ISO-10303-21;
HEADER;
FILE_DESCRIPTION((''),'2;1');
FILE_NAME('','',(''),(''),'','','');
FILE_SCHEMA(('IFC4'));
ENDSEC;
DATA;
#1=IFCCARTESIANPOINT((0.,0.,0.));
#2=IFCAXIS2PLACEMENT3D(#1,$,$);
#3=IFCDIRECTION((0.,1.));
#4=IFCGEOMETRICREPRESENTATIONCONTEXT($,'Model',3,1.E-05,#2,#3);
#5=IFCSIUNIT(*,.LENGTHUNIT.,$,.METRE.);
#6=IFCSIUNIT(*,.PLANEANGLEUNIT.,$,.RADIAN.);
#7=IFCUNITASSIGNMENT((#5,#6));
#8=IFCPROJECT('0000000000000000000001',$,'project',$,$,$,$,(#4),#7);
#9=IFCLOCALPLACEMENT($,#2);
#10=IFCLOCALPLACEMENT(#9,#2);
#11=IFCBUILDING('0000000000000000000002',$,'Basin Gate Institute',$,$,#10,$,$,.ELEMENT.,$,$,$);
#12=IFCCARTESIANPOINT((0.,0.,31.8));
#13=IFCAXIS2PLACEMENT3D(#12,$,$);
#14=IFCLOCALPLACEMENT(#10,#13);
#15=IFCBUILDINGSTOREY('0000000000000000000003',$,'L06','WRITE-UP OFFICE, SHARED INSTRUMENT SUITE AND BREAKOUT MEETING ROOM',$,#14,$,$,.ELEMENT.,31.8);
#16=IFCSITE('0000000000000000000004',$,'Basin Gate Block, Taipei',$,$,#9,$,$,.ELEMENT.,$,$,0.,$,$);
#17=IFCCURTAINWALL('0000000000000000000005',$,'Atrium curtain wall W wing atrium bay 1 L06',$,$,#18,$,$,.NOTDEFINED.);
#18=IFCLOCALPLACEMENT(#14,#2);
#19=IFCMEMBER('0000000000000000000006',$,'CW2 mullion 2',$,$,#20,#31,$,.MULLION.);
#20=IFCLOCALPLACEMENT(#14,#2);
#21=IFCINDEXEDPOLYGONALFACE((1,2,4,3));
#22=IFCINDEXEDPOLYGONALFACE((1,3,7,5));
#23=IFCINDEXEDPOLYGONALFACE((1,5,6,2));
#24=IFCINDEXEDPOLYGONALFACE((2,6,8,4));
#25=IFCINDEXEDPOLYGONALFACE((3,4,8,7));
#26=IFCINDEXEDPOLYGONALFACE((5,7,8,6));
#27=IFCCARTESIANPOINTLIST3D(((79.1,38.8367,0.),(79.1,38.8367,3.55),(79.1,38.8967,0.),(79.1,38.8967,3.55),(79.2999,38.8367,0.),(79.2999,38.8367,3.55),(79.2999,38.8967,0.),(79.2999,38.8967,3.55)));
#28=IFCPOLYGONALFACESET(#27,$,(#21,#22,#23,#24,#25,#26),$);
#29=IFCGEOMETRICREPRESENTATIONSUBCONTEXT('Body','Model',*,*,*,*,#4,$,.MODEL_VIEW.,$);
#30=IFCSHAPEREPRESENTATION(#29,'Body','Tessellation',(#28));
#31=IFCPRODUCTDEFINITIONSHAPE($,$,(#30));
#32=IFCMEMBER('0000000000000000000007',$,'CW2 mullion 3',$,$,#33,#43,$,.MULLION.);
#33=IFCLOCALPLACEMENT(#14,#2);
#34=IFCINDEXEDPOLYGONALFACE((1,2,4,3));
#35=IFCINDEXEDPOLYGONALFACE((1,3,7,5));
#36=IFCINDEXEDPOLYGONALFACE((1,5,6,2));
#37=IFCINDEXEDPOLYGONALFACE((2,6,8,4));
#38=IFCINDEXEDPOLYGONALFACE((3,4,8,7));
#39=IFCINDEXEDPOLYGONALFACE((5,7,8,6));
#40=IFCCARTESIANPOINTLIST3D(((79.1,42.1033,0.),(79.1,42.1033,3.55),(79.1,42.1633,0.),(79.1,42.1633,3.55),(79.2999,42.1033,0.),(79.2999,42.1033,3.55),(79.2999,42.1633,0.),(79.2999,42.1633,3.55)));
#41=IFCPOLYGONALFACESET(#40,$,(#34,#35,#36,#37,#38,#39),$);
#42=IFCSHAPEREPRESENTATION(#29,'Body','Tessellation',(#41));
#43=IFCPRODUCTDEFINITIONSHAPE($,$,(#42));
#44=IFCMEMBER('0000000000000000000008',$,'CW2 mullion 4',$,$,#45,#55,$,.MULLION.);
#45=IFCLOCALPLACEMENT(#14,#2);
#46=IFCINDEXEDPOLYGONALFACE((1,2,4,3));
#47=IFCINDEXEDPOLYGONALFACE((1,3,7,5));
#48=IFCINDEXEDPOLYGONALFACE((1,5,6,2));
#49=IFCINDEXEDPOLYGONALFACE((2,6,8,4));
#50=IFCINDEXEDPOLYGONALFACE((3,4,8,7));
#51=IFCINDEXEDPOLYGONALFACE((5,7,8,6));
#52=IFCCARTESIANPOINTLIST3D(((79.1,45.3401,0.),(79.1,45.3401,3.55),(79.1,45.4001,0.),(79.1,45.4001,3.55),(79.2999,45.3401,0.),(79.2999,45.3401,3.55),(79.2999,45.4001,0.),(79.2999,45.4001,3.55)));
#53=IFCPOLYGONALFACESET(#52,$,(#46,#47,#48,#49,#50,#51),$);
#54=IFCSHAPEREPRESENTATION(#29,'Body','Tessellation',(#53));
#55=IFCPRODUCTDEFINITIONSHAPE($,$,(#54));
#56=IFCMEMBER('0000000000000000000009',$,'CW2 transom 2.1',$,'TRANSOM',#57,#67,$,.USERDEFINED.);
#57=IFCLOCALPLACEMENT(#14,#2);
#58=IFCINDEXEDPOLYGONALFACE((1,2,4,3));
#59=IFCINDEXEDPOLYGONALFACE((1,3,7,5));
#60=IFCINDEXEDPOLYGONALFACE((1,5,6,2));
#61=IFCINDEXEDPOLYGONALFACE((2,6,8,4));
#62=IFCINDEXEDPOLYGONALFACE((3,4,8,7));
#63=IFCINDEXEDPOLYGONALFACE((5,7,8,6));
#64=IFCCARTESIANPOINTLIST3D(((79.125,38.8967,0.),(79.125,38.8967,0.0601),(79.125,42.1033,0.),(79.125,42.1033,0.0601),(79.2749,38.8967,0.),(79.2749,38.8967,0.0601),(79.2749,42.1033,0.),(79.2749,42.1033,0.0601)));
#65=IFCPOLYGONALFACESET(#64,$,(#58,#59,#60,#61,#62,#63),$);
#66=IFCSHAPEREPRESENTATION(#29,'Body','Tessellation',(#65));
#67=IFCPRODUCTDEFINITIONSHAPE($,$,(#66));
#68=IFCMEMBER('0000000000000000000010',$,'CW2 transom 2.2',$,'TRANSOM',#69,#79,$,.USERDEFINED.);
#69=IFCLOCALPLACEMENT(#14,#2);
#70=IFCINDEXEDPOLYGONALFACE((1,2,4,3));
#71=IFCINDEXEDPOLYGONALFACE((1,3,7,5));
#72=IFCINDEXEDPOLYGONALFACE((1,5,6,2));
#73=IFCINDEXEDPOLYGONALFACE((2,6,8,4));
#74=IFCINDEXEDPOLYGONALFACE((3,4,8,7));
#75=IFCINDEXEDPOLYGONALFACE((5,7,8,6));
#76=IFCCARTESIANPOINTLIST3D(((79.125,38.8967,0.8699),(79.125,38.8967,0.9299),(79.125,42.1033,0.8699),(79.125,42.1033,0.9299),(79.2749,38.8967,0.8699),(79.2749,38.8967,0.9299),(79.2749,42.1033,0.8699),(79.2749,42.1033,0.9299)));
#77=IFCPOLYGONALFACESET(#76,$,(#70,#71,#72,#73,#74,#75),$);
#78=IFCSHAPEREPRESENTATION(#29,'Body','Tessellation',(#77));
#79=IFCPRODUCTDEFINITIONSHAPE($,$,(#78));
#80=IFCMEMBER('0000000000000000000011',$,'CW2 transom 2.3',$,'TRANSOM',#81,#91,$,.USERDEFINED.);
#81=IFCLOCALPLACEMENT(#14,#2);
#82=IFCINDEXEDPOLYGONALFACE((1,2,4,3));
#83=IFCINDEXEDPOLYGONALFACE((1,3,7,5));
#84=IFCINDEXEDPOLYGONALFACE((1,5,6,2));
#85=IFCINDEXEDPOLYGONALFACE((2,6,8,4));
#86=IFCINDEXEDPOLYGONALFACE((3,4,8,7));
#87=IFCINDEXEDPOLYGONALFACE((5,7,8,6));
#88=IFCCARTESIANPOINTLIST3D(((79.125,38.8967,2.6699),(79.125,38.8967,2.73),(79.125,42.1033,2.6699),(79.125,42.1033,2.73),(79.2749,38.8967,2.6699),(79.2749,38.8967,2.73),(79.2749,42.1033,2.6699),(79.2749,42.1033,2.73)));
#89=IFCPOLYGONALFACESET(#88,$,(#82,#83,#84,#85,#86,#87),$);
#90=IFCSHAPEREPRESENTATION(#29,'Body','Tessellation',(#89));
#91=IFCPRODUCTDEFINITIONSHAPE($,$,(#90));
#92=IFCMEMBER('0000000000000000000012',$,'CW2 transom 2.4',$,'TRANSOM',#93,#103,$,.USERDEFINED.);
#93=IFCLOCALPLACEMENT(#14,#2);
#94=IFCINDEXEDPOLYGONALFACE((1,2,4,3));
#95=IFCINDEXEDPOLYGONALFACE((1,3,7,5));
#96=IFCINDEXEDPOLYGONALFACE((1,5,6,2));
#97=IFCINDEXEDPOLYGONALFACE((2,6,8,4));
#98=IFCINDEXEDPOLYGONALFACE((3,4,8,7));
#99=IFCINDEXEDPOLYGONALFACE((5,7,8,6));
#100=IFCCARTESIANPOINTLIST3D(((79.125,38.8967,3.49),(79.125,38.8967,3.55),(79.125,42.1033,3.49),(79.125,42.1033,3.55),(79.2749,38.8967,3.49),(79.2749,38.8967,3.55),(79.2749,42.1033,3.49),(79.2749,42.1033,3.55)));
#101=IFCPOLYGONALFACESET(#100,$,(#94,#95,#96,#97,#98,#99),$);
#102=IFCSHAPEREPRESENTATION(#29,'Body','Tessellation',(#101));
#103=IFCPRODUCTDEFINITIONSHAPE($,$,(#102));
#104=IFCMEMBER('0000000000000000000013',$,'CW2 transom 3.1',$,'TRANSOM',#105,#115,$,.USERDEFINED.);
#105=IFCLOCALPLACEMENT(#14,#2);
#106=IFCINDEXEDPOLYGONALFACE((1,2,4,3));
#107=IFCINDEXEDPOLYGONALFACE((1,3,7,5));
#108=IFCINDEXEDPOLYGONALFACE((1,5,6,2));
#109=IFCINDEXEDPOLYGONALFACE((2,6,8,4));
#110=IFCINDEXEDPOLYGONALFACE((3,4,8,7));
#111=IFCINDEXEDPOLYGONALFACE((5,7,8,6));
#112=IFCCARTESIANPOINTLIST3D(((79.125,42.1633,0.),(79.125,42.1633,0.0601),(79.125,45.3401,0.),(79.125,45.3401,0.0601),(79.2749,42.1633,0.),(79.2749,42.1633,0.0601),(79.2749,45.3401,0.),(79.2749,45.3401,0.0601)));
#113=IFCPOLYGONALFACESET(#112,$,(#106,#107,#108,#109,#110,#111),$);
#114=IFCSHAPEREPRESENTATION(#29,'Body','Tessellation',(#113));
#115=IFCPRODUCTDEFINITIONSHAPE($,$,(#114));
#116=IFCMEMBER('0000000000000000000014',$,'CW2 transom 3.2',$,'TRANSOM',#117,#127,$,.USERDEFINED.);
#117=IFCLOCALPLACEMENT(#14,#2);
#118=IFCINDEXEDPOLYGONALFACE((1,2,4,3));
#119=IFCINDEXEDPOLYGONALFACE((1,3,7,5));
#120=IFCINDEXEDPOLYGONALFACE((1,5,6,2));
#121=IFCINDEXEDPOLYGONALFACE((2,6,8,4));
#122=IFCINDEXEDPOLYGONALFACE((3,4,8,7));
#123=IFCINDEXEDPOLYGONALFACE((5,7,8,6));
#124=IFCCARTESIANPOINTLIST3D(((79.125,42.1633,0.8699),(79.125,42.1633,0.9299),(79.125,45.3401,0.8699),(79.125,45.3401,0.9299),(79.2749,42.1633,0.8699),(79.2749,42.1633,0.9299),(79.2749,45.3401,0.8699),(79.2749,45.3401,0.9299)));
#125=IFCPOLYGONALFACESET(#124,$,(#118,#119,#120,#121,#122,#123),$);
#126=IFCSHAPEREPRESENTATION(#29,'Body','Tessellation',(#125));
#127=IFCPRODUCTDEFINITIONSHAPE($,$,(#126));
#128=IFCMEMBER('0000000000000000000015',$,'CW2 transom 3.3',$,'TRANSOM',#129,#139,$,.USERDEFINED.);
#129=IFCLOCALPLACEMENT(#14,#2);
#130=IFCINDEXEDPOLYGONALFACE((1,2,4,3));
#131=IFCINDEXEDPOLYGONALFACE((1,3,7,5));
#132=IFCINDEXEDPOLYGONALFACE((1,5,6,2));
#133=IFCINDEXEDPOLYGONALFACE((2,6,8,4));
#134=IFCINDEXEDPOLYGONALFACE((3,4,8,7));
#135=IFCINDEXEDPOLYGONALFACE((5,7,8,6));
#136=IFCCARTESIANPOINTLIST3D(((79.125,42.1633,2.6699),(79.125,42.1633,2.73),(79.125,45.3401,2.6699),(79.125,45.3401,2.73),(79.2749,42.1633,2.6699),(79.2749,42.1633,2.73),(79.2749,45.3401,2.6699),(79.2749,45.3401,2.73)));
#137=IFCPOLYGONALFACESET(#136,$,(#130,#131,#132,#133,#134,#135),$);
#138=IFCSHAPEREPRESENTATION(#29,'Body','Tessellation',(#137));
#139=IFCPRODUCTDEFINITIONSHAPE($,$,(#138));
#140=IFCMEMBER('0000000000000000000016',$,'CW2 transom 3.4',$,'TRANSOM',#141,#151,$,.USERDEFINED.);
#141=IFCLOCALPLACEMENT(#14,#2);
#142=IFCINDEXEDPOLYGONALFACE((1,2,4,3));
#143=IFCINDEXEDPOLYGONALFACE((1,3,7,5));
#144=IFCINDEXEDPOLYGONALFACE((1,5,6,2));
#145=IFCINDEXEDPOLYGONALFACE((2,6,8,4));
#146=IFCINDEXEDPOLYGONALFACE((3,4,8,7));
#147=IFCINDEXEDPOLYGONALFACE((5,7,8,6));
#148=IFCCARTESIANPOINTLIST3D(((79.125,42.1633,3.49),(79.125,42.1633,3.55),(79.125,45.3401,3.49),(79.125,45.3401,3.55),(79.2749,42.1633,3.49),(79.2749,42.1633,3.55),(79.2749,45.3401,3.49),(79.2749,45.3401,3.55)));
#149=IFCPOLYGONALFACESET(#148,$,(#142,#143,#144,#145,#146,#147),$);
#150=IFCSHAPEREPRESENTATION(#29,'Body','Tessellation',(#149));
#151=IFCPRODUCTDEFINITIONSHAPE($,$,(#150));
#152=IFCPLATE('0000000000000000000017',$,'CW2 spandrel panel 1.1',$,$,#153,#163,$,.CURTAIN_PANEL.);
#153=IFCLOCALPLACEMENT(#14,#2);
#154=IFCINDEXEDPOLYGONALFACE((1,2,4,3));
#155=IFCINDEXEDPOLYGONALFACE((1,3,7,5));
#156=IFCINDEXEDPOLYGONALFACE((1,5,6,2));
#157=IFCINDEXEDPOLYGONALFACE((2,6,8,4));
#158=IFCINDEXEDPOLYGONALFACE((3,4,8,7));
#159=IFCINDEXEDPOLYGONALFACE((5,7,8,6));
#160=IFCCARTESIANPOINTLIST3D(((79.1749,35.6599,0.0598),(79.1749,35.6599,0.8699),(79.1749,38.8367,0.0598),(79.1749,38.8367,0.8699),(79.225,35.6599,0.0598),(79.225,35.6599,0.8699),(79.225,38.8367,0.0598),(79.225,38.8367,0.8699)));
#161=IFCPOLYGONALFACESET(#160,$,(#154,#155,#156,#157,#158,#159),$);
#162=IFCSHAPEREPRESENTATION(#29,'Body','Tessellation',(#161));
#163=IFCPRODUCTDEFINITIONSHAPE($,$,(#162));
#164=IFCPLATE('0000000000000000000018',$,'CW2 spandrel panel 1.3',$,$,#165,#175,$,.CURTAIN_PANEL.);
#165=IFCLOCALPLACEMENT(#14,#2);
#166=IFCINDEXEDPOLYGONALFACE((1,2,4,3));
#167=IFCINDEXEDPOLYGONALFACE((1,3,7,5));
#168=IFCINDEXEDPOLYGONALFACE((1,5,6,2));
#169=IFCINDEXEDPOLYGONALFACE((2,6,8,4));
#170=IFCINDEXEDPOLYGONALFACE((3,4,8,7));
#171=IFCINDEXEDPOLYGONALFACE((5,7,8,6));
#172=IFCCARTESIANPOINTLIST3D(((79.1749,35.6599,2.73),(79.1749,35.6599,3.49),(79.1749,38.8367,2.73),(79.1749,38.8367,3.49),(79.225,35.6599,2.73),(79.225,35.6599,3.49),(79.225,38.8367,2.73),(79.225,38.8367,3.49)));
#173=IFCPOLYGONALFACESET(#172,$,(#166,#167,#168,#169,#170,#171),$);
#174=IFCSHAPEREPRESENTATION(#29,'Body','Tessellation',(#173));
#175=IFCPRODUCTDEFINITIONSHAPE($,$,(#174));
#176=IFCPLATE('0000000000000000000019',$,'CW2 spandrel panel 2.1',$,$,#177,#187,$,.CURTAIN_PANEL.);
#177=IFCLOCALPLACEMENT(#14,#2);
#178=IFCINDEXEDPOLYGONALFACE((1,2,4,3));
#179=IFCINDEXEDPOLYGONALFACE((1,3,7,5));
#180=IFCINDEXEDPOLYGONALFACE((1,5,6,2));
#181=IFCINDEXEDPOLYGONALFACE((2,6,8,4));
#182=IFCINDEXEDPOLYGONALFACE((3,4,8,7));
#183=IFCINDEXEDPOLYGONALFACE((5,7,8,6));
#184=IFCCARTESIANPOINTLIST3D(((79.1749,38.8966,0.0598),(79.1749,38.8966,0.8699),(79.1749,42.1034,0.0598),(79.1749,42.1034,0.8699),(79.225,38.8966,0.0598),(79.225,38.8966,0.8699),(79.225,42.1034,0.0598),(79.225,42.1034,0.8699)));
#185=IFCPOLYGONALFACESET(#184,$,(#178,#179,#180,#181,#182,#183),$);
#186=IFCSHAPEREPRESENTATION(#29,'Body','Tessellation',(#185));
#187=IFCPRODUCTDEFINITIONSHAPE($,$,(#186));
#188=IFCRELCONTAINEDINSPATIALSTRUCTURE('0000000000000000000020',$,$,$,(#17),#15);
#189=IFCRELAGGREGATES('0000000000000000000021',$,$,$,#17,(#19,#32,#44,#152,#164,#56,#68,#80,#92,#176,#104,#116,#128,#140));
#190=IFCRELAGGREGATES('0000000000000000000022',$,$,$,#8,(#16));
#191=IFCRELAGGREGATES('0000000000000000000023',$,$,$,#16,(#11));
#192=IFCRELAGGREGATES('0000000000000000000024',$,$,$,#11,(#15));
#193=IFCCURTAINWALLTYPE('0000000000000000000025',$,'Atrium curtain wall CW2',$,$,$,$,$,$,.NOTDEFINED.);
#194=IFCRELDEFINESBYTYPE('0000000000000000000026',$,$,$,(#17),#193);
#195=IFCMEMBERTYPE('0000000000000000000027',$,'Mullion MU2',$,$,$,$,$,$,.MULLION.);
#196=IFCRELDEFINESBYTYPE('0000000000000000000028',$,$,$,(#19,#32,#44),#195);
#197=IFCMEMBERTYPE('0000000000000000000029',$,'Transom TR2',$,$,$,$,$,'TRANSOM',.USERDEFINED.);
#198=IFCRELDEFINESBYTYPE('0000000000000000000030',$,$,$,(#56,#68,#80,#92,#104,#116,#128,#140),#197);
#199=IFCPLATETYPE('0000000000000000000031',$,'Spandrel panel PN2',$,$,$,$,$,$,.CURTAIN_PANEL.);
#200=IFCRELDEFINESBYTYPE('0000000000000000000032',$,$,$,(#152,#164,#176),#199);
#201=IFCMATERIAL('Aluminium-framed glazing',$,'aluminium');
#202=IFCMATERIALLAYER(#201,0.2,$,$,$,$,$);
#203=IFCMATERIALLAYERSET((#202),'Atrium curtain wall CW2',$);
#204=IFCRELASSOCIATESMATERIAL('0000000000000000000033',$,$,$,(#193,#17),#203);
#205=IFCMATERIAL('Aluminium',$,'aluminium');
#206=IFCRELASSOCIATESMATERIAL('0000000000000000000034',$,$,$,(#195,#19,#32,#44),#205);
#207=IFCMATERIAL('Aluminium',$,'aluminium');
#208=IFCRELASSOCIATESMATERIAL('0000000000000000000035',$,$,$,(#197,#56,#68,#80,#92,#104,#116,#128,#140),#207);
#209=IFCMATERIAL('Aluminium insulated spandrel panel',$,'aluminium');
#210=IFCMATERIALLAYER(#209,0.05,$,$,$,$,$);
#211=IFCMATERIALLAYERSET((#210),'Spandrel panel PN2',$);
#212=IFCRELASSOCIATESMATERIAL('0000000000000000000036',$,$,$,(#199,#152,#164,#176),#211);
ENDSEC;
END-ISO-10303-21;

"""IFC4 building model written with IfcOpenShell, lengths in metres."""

from ifc_helpers import new_model, si_unit, direction, frame, origin, origin_2d, place, context, subcontext, project, spatial, rectangle, extrude, material, layer, layer_set, material_profile, profile_set, type_object, element, aggregate, save


model = new_model("IFC4")

# Units and contexts
model_context = context("Model", 3, precision=1e-05, world=origin(), true_north=direction((0.0, 1.0)))
body_context = subcontext(model_context, "Body", "Model", "MODEL_VIEW")
ifc_project = project(units=[si_unit("LENGTHUNIT", "METRE"), si_unit("PLANEANGLEUNIT", "RADIAN")], contexts=[model_context])

# Site, building, storey
site_placement = place(None, origin())
site = spatial("IfcSite", under=ifc_project, at=site_placement, Name="Basin Gate Block, Taipei", CompositionType="ELEMENT", RefElevation=0.0)
building_placement = place(site_placement, origin())
building = spatial("IfcBuilding", under=site, at=building_placement, Name="Basin Gate Institute", CompositionType="ELEMENT")
storey_placement = place(building_placement, frame((0.0, 0.0, 31.8)))
storey = spatial("IfcBuildingStorey", under=building, at=storey_placement, Name="L06", Description="WRITE-UP OFFICE, SHARED INSTRUMENT SUITE AND BREAKOUT MEETING ROOM", CompositionType="ELEMENT", Elevation=31.8)

# Curtain wall, members, plates
ifc_material_1 = material(Name="Aluminium-framed glazing", Category="aluminium")
ifc_layer_1 = layer(ifc_material_1, 0.2)
ifc_layer_set_1 = layer_set([ifc_layer_1], Name="Atrium curtain wall CW2")
curtain_wall_type = type_object("IfcCurtainWallType", Name="Atrium curtain wall CW2", PredefinedType="NOTDEFINED", material=ifc_layer_set_1)
curtain_wall_placement = place(storey_placement, origin())
curtain_wall = element("IfcCurtainWall", 1, at=curtain_wall_placement, inside=storey, type_object=curtain_wall_type, material=ifc_layer_set_1, Name="Atrium curtain wall W wing atrium bay 1 L06", PredefinedType="NOTDEFINED")
ifc_material_2 = material(Name="Aluminium", Category="aluminium")
ifc_material_profile_1 = material_profile(ifc_material_2, rectangle(XDim=0.2, YDim=0.0601, at=origin_2d()), Name="Mullion MU2 200 x 60")
ifc_profile_set_1 = profile_set([ifc_material_profile_1], Name="Aluminium")
member_type_1 = type_object("IfcMemberType", Name="Mullion MU2", PredefinedType="MULLION", material=ifc_profile_set_1)
member_1_placement = place(storey_placement, frame((79.2, 38.8667, 0.0), z_axis=(0.0, 0.0, 1.0), x_axis=(-1.0, 0.0, 0.0)))
member_1 = element("IfcMember", 2, at=member_1_placement, type_object=member_type_1, material=ifc_profile_set_1, Name="CW2 mullion 2", PredefinedType="MULLION", context=body_context, shape_type="SweptSolid", body=[
    extrude(rectangle(XDim=0.2, YDim=0.0601, at=origin_2d()), origin(), (0.0, 0.0, 1.0), 3.55),
])
member_2_placement = place(storey_placement, frame((79.2, 42.1333, 0.0), z_axis=(0.0, 0.0, 1.0), x_axis=(-1.0, 0.0, 0.0)))
member_2 = element("IfcMember", 3, at=member_2_placement, type_object=member_type_1, material=ifc_profile_set_1, Name="CW2 mullion 3", PredefinedType="MULLION", context=body_context, shape_type="SweptSolid", body=[
    extrude(rectangle(XDim=0.2, YDim=0.0601, at=origin_2d()), origin(), (0.0, 0.0, 1.0), 3.55),
])
member_3_placement = place(storey_placement, frame((79.2, 45.3701, 0.0), z_axis=(0.0, 0.0, 1.0), x_axis=(-1.0, 0.0, 0.0)))
member_3 = element("IfcMember", 4, at=member_3_placement, type_object=member_type_1, material=ifc_profile_set_1, Name="CW2 mullion 4", PredefinedType="MULLION", context=body_context, shape_type="SweptSolid", body=[
    extrude(rectangle(XDim=0.2, YDim=0.0601, at=origin_2d()), origin(), (0.0, 0.0, 1.0), 3.55),
])
ifc_material_3 = material(Name="Aluminium", Category="aluminium")
ifc_material_profile_2 = material_profile(ifc_material_3, rectangle(XDim=0.1499, YDim=0.0601, at=origin_2d()), Name="Transom TR2 150 x 60")
ifc_profile_set_2 = profile_set([ifc_material_profile_2], Name="Aluminium")
member_type_2 = type_object("IfcMemberType", Name="Transom TR2", ElementType="TRANSOM", PredefinedType="USERDEFINED", material=ifc_profile_set_2)
member_4_placement = place(storey_placement, frame((79.2, 38.8967, 0.03), z_axis=(0.0, 1.0, 0.0), x_axis=(-1.0, 0.0, 0.0)))
member_4 = element("IfcMember", 5, at=member_4_placement, type_object=member_type_2, material=ifc_profile_set_2, Name="CW2 transom 2.1", ObjectType="TRANSOM", PredefinedType="USERDEFINED", context=body_context, shape_type="SweptSolid", body=[
    extrude(rectangle(XDim=0.1499, YDim=0.0601, at=origin_2d()), origin(), (0.0, 0.0, 1.0), 3.2065),
])
member_5_placement = place(storey_placement, frame((79.2, 38.8967, 0.8999), z_axis=(0.0, 1.0, 0.0), x_axis=(-1.0, 0.0, 0.0)))
member_5 = element("IfcMember", 6, at=member_5_placement, type_object=member_type_2, material=ifc_profile_set_2, Name="CW2 transom 2.2", ObjectType="TRANSOM", PredefinedType="USERDEFINED", context=body_context, shape_type="SweptSolid", body=[
    extrude(rectangle(XDim=0.1499, YDim=0.0601, at=origin_2d()), origin(), (0.0, 0.0, 1.0), 3.2065),
])
member_6_placement = place(storey_placement, frame((79.2, 38.8967, 2.7), z_axis=(0.0, 1.0, 0.0), x_axis=(-1.0, 0.0, 0.0)))
member_6 = element("IfcMember", 7, at=member_6_placement, type_object=member_type_2, material=ifc_profile_set_2, Name="CW2 transom 2.3", ObjectType="TRANSOM", PredefinedType="USERDEFINED", context=body_context, shape_type="SweptSolid", body=[
    extrude(rectangle(XDim=0.1499, YDim=0.0601, at=origin_2d()), origin(), (0.0, 0.0, 1.0), 3.2065),
])
member_7_placement = place(storey_placement, frame((79.2, 38.8967, 3.52), z_axis=(0.0, 1.0, 0.0), x_axis=(-1.0, 0.0, 0.0)))
member_7 = element("IfcMember", 8, at=member_7_placement, type_object=member_type_2, material=ifc_profile_set_2, Name="CW2 transom 2.4", ObjectType="TRANSOM", PredefinedType="USERDEFINED", context=body_context, shape_type="SweptSolid", body=[
    extrude(rectangle(XDim=0.1499, YDim=0.0601, at=origin_2d()), origin(), (0.0, 0.0, 1.0), 3.2065),
])
member_8_placement = place(storey_placement, frame((79.2, 42.1633, 0.03), z_axis=(0.0, 1.0, 0.0), x_axis=(-1.0, 0.0, 0.0)))
member_8 = element("IfcMember", 9, at=member_8_placement, type_object=member_type_2, material=ifc_profile_set_2, Name="CW2 transom 3.1", ObjectType="TRANSOM", PredefinedType="USERDEFINED", context=body_context, shape_type="SweptSolid", body=[
    extrude(rectangle(XDim=0.1499, YDim=0.0601, at=origin_2d()), origin(), (0.0, 0.0, 1.0), 3.1768),
])
member_9_placement = place(storey_placement, frame((79.2, 42.1633, 0.8999), z_axis=(0.0, 1.0, 0.0), x_axis=(-1.0, 0.0, 0.0)))
member_9 = element("IfcMember", 10, at=member_9_placement, type_object=member_type_2, material=ifc_profile_set_2, Name="CW2 transom 3.2", ObjectType="TRANSOM", PredefinedType="USERDEFINED", context=body_context, shape_type="SweptSolid", body=[
    extrude(rectangle(XDim=0.1499, YDim=0.0601, at=origin_2d()), origin(), (0.0, 0.0, 1.0), 3.1768),
])
member_10_placement = place(storey_placement, frame((79.2, 42.1633, 2.7), z_axis=(0.0, 1.0, 0.0), x_axis=(-1.0, 0.0, 0.0)))
member_10 = element("IfcMember", 11, at=member_10_placement, type_object=member_type_2, material=ifc_profile_set_2, Name="CW2 transom 3.3", ObjectType="TRANSOM", PredefinedType="USERDEFINED", context=body_context, shape_type="SweptSolid", body=[
    extrude(rectangle(XDim=0.1499, YDim=0.0601, at=origin_2d()), origin(), (0.0, 0.0, 1.0), 3.1768),
])
member_11_placement = place(storey_placement, frame((79.2, 42.1633, 3.52), z_axis=(0.0, 1.0, 0.0), x_axis=(-1.0, 0.0, 0.0)))
member_11 = element("IfcMember", 12, at=member_11_placement, type_object=member_type_2, material=ifc_profile_set_2, Name="CW2 transom 3.4", ObjectType="TRANSOM", PredefinedType="USERDEFINED", context=body_context, shape_type="SweptSolid", body=[
    extrude(rectangle(XDim=0.1499, YDim=0.0601, at=origin_2d()), origin(), (0.0, 0.0, 1.0), 3.1768),
])
ifc_material_4 = material(Name="Aluminium insulated spandrel panel", Category="aluminium")
ifc_layer_2 = layer(ifc_material_4, 0.05)
ifc_layer_set_2 = layer_set([ifc_layer_2], Name="Spandrel panel PN2")
plate_type_1 = type_object("IfcPlateType", Name="Spandrel panel PN2", PredefinedType="CURTAIN_PANEL", material=ifc_layer_set_2)
plate_1_placement = place(storey_placement, frame((79.2, 37.2483, 0.0598), z_axis=(0.0, 0.0, 1.0), x_axis=(0.0, 1.0, 0.0)))
plate_1 = element("IfcPlate", 13, at=plate_1_placement, type_object=plate_type_1, material=ifc_layer_set_2, Name="CW2 spandrel panel 1.1", PredefinedType="CURTAIN_PANEL", context=body_context, shape_type="SweptSolid", body=[
    extrude(rectangle(XDim=3.1768, YDim=0.05, at=origin_2d()), origin(), (0.0, 0.0, 1.0), 0.8101),
])
plate_2_placement = place(storey_placement, frame((79.2, 37.2483, 2.73), z_axis=(0.0, 0.0, 1.0), x_axis=(0.0, 1.0, 0.0)))
plate_2 = element("IfcPlate", 14, at=plate_2_placement, type_object=plate_type_1, material=ifc_layer_set_2, Name="CW2 spandrel panel 1.3", PredefinedType="CURTAIN_PANEL", context=body_context, shape_type="SweptSolid", body=[
    extrude(rectangle(XDim=3.1768, YDim=0.05, at=origin_2d()), origin(), (0.0, 0.0, 1.0), 0.76),
])
plate_3_placement = place(storey_placement, frame((79.2, 40.5, 0.0598), z_axis=(0.0, 0.0, 1.0), x_axis=(0.0, 1.0, 0.0)))
plate_3 = element("IfcPlate", 15, at=plate_3_placement, type_object=plate_type_1, material=ifc_layer_set_2, Name="CW2 spandrel panel 2.1", PredefinedType="CURTAIN_PANEL", context=body_context, shape_type="SweptSolid", body=[
    extrude(rectangle(XDim=3.2068, YDim=0.05, at=origin_2d()), origin(), (0.0, 0.0, 1.0), 0.8101),
])
aggregate(curtain_wall, [member_1, member_2, member_3, plate_1, plate_2, member_4, member_5, member_6, member_7, plate_3, member_8, member_9, member_10, member_11])

save(model, "model.ifc")
